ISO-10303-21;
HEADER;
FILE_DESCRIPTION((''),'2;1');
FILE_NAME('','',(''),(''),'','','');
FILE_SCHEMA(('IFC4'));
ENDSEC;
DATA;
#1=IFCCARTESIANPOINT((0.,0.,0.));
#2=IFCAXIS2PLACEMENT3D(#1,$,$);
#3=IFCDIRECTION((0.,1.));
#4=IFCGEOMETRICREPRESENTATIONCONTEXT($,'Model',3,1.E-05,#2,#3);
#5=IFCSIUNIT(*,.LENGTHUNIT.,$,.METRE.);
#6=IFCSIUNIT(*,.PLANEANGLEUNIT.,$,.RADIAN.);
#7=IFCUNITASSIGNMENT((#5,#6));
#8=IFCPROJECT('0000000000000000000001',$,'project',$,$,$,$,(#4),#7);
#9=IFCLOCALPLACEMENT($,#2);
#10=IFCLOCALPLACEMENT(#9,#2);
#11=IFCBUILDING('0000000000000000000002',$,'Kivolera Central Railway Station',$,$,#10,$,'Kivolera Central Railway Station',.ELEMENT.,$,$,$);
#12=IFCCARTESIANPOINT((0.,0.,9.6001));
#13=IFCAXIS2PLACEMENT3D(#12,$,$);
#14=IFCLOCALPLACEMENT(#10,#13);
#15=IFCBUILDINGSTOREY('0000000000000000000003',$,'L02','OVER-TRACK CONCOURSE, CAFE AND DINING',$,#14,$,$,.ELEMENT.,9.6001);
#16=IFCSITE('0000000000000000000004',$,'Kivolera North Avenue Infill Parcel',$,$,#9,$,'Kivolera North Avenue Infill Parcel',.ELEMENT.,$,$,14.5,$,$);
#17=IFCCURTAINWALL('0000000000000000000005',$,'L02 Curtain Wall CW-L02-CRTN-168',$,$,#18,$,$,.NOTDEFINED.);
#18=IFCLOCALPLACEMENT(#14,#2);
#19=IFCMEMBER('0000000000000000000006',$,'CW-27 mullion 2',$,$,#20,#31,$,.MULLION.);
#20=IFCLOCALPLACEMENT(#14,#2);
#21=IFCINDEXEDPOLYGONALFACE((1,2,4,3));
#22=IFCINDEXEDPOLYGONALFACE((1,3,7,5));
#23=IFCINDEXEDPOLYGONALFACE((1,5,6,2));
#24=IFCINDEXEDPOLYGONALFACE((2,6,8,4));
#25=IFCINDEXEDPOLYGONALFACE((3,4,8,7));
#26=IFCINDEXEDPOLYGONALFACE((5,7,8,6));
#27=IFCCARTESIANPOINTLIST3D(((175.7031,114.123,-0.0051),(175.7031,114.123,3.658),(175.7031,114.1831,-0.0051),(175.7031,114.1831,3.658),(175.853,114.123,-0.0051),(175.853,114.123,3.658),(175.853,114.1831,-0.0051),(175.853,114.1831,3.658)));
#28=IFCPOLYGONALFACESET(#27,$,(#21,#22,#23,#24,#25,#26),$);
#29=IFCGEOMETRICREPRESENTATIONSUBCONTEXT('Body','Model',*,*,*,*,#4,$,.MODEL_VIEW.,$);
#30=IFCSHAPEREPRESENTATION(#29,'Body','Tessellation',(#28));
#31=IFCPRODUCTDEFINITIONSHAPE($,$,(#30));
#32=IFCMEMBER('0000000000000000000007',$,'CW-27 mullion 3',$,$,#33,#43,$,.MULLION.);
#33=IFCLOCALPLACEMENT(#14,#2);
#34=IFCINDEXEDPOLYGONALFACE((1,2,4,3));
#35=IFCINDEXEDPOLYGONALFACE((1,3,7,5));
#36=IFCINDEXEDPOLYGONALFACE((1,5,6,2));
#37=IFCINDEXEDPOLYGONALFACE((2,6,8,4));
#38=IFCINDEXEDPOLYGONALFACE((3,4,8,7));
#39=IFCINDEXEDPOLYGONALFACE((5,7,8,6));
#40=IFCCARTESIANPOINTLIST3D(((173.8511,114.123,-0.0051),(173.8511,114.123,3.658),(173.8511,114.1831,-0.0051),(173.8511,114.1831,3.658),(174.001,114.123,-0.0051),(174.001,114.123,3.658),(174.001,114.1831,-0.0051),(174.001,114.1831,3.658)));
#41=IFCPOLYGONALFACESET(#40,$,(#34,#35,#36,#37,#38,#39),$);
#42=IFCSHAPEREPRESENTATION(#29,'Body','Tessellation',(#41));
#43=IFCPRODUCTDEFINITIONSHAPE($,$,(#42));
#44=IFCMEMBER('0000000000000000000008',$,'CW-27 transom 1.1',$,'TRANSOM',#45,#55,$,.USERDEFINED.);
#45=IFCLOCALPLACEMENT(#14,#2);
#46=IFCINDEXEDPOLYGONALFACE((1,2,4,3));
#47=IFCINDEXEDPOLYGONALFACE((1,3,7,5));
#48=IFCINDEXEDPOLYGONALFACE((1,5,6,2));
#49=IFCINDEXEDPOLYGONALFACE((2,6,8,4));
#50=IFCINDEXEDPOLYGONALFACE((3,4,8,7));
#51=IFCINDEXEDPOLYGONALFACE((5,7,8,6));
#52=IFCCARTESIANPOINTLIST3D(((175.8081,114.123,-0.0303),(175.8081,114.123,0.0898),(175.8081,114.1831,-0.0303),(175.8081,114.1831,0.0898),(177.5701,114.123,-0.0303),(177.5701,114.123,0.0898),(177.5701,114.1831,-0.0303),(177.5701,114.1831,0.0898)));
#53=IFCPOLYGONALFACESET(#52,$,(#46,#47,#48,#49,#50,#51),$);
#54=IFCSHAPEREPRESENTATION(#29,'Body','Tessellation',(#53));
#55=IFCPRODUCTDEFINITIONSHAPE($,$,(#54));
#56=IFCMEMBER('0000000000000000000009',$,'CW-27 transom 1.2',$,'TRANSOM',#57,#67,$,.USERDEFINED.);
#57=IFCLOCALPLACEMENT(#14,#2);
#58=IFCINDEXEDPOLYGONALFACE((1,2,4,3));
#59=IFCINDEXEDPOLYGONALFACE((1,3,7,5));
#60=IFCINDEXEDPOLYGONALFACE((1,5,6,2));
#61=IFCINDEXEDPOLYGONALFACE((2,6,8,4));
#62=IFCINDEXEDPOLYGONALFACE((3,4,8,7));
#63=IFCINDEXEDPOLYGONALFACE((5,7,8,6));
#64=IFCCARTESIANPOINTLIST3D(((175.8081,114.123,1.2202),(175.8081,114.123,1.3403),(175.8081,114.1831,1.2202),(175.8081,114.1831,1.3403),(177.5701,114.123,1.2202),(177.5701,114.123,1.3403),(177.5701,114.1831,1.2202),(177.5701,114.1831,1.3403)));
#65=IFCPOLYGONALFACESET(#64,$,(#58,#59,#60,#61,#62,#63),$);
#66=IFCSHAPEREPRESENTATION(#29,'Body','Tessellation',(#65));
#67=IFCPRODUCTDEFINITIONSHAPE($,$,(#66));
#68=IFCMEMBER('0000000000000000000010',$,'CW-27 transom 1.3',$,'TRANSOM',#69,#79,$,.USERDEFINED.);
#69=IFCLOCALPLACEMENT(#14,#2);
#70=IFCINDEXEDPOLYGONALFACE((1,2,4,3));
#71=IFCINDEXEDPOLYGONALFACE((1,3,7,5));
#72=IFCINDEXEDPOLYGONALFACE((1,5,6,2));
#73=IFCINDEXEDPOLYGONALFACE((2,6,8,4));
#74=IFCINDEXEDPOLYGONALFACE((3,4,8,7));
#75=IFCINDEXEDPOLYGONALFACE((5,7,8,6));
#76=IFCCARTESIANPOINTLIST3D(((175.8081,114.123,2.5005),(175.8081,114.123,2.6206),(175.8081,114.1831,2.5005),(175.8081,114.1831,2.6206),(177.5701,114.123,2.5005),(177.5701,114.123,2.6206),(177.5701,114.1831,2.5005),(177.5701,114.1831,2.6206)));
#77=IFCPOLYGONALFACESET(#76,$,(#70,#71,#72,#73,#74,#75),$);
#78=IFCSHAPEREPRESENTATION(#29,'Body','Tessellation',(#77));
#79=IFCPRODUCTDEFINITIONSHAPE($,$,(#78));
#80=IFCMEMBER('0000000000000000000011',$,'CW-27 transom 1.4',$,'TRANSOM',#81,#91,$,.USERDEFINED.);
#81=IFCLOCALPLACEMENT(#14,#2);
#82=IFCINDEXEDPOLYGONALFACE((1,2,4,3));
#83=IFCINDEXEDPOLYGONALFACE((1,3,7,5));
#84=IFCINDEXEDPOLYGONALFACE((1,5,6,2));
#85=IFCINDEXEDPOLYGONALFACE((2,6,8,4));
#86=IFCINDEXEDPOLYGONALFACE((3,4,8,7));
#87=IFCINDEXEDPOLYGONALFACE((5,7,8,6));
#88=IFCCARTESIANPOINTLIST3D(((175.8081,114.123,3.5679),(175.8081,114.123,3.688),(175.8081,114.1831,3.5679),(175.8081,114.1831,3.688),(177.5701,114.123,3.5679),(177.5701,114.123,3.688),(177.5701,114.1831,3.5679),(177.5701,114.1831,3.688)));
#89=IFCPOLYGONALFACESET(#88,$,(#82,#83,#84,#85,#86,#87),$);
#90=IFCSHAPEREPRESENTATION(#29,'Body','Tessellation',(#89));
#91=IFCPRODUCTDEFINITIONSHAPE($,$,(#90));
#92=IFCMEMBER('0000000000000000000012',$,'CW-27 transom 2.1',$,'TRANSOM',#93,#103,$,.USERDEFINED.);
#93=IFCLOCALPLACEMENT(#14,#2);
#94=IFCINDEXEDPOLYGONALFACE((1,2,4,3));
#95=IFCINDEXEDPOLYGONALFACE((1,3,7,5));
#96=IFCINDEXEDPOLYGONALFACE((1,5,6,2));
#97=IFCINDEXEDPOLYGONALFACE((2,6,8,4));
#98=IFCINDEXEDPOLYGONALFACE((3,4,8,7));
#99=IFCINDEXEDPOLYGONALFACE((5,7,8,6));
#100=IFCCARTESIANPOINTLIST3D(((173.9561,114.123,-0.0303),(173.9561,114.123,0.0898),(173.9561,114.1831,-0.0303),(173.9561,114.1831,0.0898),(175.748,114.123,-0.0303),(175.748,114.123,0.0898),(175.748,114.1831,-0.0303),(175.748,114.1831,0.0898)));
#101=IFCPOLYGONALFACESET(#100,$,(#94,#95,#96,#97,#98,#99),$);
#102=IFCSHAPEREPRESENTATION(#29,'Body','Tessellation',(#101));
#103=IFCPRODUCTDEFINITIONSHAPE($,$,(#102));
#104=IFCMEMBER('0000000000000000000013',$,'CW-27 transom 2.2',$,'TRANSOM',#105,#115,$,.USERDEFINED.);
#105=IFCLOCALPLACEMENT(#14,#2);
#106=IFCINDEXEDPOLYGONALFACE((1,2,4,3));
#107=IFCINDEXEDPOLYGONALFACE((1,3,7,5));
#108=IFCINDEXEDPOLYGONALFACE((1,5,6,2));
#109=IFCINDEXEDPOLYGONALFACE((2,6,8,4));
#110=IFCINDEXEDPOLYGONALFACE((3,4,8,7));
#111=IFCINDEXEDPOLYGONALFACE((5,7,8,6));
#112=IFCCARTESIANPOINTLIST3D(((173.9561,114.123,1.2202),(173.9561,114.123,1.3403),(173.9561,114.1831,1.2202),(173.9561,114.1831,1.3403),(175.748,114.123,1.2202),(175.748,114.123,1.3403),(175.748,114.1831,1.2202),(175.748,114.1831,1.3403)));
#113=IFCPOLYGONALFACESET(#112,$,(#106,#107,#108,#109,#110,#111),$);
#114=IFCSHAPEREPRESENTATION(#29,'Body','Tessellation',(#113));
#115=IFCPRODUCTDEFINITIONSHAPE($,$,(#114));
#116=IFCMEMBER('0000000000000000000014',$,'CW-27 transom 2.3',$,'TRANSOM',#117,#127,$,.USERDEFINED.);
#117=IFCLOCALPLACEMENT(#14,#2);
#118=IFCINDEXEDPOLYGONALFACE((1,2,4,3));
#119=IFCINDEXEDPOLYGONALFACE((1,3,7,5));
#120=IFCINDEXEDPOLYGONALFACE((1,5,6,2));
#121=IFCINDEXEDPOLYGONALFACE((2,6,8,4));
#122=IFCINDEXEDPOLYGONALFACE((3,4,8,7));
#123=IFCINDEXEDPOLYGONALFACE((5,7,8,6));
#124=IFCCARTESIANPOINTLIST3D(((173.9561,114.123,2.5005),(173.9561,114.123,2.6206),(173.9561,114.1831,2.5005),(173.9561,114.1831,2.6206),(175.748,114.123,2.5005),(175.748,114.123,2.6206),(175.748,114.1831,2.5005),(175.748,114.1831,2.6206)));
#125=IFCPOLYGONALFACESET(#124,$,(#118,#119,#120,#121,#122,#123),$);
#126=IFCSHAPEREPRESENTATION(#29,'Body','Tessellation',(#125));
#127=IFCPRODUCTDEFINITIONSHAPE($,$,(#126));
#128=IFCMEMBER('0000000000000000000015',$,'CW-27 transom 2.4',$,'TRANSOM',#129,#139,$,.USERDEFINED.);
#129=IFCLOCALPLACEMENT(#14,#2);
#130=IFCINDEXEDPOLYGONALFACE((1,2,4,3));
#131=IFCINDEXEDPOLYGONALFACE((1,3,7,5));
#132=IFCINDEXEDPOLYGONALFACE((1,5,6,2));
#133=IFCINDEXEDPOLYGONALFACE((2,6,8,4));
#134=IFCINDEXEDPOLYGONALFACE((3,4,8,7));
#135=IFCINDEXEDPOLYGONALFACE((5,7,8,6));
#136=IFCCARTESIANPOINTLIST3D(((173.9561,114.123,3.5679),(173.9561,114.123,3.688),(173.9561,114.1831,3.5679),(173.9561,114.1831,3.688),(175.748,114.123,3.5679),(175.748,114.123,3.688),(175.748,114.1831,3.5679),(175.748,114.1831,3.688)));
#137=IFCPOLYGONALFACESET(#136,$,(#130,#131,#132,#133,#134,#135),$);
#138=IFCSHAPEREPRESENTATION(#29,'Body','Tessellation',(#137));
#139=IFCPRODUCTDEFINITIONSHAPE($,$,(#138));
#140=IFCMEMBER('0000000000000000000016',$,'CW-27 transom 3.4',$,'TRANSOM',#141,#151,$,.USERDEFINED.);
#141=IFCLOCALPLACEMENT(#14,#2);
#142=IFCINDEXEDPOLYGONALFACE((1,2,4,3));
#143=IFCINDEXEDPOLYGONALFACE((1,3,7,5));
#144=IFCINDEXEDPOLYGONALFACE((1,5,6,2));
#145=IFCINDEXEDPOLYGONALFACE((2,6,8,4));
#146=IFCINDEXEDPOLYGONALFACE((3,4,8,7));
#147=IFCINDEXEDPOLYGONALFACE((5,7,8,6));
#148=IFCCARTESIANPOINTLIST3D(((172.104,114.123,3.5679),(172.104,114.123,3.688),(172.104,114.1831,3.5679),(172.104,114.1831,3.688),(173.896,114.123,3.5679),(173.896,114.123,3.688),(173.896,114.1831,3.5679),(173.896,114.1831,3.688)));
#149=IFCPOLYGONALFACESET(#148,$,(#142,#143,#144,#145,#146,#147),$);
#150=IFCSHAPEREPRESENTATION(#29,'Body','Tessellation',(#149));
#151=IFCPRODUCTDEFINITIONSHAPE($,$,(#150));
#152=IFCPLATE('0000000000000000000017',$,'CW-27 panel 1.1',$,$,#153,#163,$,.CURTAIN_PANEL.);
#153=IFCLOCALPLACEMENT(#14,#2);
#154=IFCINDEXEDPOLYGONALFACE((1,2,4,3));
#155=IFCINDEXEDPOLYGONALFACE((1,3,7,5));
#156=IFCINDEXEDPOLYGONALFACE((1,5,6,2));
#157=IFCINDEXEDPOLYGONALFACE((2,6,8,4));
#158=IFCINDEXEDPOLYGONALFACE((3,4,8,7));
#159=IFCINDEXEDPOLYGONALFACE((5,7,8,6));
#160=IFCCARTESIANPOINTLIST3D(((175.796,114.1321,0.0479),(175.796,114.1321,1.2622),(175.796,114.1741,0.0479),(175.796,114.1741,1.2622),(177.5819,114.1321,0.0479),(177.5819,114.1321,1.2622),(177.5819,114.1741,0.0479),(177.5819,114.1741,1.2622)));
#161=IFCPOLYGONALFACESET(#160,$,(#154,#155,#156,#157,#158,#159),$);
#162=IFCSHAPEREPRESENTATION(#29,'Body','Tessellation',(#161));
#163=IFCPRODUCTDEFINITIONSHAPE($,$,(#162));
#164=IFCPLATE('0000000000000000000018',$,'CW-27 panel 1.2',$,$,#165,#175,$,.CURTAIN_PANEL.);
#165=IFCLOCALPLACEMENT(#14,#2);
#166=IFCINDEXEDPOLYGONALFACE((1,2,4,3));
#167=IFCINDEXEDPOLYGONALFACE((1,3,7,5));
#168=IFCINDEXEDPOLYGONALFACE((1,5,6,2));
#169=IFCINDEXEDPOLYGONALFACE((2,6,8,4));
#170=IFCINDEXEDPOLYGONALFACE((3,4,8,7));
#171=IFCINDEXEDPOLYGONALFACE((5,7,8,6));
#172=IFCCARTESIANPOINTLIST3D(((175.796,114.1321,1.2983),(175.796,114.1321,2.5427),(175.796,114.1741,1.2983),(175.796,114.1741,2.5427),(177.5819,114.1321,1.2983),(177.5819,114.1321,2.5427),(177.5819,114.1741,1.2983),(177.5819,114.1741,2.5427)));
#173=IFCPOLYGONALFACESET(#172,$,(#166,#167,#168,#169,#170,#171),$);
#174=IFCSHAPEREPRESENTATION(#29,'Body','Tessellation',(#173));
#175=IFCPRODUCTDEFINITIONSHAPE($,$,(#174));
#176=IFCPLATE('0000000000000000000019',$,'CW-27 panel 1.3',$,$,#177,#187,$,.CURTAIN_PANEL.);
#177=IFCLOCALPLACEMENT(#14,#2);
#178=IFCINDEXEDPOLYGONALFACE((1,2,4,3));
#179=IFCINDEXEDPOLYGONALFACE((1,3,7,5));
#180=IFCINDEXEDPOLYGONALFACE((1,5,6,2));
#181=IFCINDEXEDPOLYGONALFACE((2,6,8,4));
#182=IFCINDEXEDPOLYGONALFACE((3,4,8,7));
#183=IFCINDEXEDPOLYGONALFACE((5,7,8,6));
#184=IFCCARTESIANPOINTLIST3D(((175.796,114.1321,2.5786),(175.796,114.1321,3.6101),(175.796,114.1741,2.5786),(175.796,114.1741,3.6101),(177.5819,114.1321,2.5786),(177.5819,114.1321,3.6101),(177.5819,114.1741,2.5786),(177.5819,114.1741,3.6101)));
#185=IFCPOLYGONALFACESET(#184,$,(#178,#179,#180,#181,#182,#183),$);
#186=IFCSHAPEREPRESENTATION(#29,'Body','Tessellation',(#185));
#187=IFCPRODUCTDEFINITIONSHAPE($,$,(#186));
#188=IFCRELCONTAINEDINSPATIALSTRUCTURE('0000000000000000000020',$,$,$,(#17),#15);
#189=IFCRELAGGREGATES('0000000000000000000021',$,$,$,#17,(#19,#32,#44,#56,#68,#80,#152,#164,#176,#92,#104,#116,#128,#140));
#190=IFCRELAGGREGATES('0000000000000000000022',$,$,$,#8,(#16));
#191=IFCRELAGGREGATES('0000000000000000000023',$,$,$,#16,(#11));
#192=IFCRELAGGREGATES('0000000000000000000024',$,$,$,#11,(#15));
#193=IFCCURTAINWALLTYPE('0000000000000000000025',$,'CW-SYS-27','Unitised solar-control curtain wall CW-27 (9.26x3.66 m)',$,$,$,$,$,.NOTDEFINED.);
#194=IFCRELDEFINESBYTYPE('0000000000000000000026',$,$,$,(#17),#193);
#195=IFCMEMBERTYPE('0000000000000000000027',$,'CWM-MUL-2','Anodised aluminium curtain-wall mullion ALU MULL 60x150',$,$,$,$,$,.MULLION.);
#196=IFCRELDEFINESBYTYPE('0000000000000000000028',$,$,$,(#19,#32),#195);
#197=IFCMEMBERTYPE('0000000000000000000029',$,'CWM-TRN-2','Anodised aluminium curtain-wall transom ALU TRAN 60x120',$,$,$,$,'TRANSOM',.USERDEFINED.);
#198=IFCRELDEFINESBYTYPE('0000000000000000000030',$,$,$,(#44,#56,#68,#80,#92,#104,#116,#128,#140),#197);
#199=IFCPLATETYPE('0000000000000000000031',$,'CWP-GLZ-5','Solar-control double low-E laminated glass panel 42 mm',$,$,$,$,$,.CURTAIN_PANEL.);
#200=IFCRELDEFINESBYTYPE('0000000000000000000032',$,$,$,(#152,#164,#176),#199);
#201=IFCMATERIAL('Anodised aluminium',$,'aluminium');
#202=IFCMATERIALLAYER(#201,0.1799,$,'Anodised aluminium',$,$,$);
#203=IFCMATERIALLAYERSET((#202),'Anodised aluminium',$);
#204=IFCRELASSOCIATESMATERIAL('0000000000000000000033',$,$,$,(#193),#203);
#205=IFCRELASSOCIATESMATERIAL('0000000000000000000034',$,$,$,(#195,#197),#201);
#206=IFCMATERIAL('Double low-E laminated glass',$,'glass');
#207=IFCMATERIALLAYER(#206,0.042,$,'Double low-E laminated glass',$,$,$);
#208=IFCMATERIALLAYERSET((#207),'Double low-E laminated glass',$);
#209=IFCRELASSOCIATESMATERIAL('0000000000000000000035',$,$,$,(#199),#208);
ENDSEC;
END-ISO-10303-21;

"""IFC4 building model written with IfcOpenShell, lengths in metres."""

from ifc_helpers import new_model, si_unit, direction, frame, origin, origin_2d, place, context, subcontext, project, spatial, rectangle, extrude, material, layer, layer_set, material_profile, profile_set, type_object, element, aggregate, save


model = new_model("IFC4")

# Units and contexts
model_context = context("Model", 3, precision=1e-05, world=origin(), true_north=direction((0.0, 1.0)))
body_context = subcontext(model_context, "Body", "Model", "MODEL_VIEW")
ifc_project = project(units=[si_unit("LENGTHUNIT", "METRE"), si_unit("PLANEANGLEUNIT", "RADIAN")], contexts=[model_context])

# Site, building, storey
site_placement = place(None, origin())
site = spatial("IfcSite", under=ifc_project, at=site_placement, Name="Kivolera North Avenue Infill Parcel", LongName="Kivolera North Avenue Infill Parcel", CompositionType="ELEMENT", RefElevation=14.5)
building_placement = place(site_placement, origin())
building = spatial("IfcBuilding", under=site, at=building_placement, Name="Kivolera Central Railway Station", LongName="Kivolera Central Railway Station", CompositionType="ELEMENT")
storey_placement = place(building_placement, frame((0.0, 0.0, 9.6001)))
storey = spatial("IfcBuildingStorey", under=building, at=storey_placement, Name="L02", Description="OVER-TRACK CONCOURSE, CAFE AND DINING", CompositionType="ELEMENT", Elevation=9.6001)

# Curtain wall, members, plates
ifc_material_1 = material(Name="Anodised aluminium", Category="aluminium")
ifc_layer_1 = layer(ifc_material_1, 0.1799, Name="Anodised aluminium")
ifc_layer_set_1 = layer_set([ifc_layer_1], Name="Anodised aluminium")
curtain_wall_type = type_object("IfcCurtainWallType", Name="CW-SYS-27", Description="Unitised solar-control curtain wall CW-27 (9.26x3.66 m)", PredefinedType="NOTDEFINED", material=ifc_layer_set_1)
curtain_wall_placement = place(storey_placement, origin())
curtain_wall = element("IfcCurtainWall", 1, at=curtain_wall_placement, inside=storey, type_object=curtain_wall_type, Name="L02 Curtain Wall CW-L02-CRTN-168", PredefinedType="NOTDEFINED")
ifc_material_profile_1 = material_profile(ifc_material_1, rectangle(XDim=0.0601, YDim=0.1499, at=origin_2d()), Name="ALU MULL 60x150")
ifc_profile_set_1 = profile_set([ifc_material_profile_1], Name="Anodised aluminium")
member_type_1 = type_object("IfcMemberType", Name="CWM-MUL-2", Description="Anodised aluminium curtain-wall mullion ALU MULL 60x150", PredefinedType="MULLION", material=ifc_profile_set_1)
member_1_placement = place(storey_placement, frame((175.7781, 114.1531, -0.0051), z_axis=(0.0, 0.0, 1.0), x_axis=(0.0, -1.0, 0.0)))
member_1 = element("IfcMember", 2, at=member_1_placement, type_object=member_type_1, Name="CW-27 mullion 2", PredefinedType="MULLION", context=body_context, shape_type="SweptSolid", body=[
    extrude(rectangle(XDim=0.0601, YDim=0.1499, at=origin_2d()), origin(), (0.0, 0.0, 1.0), 3.6631),
])
member_2_placement = place(storey_placement, frame((173.926, 114.1531, -0.0051), z_axis=(0.0, 0.0, 1.0), x_axis=(0.0, -1.0, 0.0)))
member_2 = element("IfcMember", 3, at=member_2_placement, type_object=member_type_1, Name="CW-27 mullion 3", PredefinedType="MULLION", context=body_context, shape_type="SweptSolid", body=[
    extrude(rectangle(XDim=0.0601, YDim=0.1499, at=origin_2d()), origin(), (0.0, 0.0, 1.0), 3.6631),
])
ifc_material_profile_2 = material_profile(ifc_material_1, rectangle(XDim=0.0601, YDim=0.1201, at=origin_2d()), Name="ALU TRAN 60x120")
ifc_profile_set_2 = profile_set([ifc_material_profile_2], Name="Anodised aluminium")
member_type_2 = type_object("IfcMemberType", Name="CWM-TRN-2", Description="Anodised aluminium curtain-wall transom ALU TRAN 60x120", ElementType="TRANSOM", PredefinedType="USERDEFINED", material=ifc_profile_set_2)
member_3_placement = place(storey_placement, frame((177.5701, 114.1531, 0.0298), z_axis=(-1.0, 0.0, 0.0), x_axis=(0.0, -1.0, 0.0)))
member_3 = element("IfcMember", 4, at=member_3_placement, type_object=member_type_2, Name="CW-27 transom 1.1", ObjectType="TRANSOM", PredefinedType="USERDEFINED", context=body_context, shape_type="SweptSolid", body=[
    extrude(rectangle(XDim=0.0601, YDim=0.1201, at=origin_2d()), origin(), (0.0, 0.0, 1.0), 1.762),
])
member_4_placement = place(storey_placement, frame((177.5701, 114.1531, 1.2803), z_axis=(-1.0, 0.0, 0.0), x_axis=(0.0, -1.0, 0.0)))
member_4 = element("IfcMember", 5, at=member_4_placement, type_object=member_type_2, Name="CW-27 transom 1.2", ObjectType="TRANSOM", PredefinedType="USERDEFINED", context=body_context, shape_type="SweptSolid", body=[
    extrude(rectangle(XDim=0.0601, YDim=0.1201, at=origin_2d()), origin(), (0.0, 0.0, 1.0), 1.762),
])
member_5_placement = place(storey_placement, frame((177.5701, 114.1531, 2.5605), z_axis=(-1.0, 0.0, 0.0), x_axis=(0.0, -1.0, 0.0)))
member_5 = element("IfcMember", 6, at=member_5_placement, type_object=member_type_2, Name="CW-27 transom 1.3", ObjectType="TRANSOM", PredefinedType="USERDEFINED", context=body_context, shape_type="SweptSolid", body=[
    extrude(rectangle(XDim=0.0601, YDim=0.1201, at=origin_2d()), origin(), (0.0, 0.0, 1.0), 1.762),
])
member_6_placement = place(storey_placement, frame((177.5701, 114.1531, 3.6279), z_axis=(-1.0, 0.0, 0.0), x_axis=(0.0, -1.0, 0.0)))
member_6 = element("IfcMember", 7, at=member_6_placement, type_object=member_type_2, Name="CW-27 transom 1.4", ObjectType="TRANSOM", PredefinedType="USERDEFINED", context=body_context, shape_type="SweptSolid", body=[
    extrude(rectangle(XDim=0.0601, YDim=0.1201, at=origin_2d()), origin(), (0.0, 0.0, 1.0), 1.762),
])
member_7_placement = place(storey_placement, frame((175.748, 114.1531, 0.0298), z_axis=(-1.0, 0.0, 0.0), x_axis=(0.0, -1.0, 0.0)))
member_7 = element("IfcMember", 8, at=member_7_placement, type_object=member_type_2, Name="CW-27 transom 2.1", ObjectType="TRANSOM", PredefinedType="USERDEFINED", context=body_context, shape_type="SweptSolid", body=[
    extrude(rectangle(XDim=0.0601, YDim=0.1201, at=origin_2d()), origin(), (0.0, 0.0, 1.0), 1.792),
])
member_8_placement = place(storey_placement, frame((175.748, 114.1531, 1.2803), z_axis=(-1.0, 0.0, 0.0), x_axis=(0.0, -1.0, 0.0)))
member_8 = element("IfcMember", 9, at=member_8_placement, type_object=member_type_2, Name="CW-27 transom 2.2", ObjectType="TRANSOM", PredefinedType="USERDEFINED", context=body_context, shape_type="SweptSolid", body=[
    extrude(rectangle(XDim=0.0601, YDim=0.1201, at=origin_2d()), origin(), (0.0, 0.0, 1.0), 1.792),
])
member_9_placement = place(storey_placement, frame((175.748, 114.1531, 2.5605), z_axis=(-1.0, 0.0, 0.0), x_axis=(0.0, -1.0, 0.0)))
member_9 = element("IfcMember", 10, at=member_9_placement, type_object=member_type_2, Name="CW-27 transom 2.3", ObjectType="TRANSOM", PredefinedType="USERDEFINED", context=body_context, shape_type="SweptSolid", body=[
    extrude(rectangle(XDim=0.0601, YDim=0.1201, at=origin_2d()), origin(), (0.0, 0.0, 1.0), 1.792),
])
member_10_placement = place(storey_placement, frame((175.748, 114.1531, 3.6279), z_axis=(-1.0, 0.0, 0.0), x_axis=(0.0, -1.0, 0.0)))
member_10 = element("IfcMember", 11, at=member_10_placement, type_object=member_type_2, Name="CW-27 transom 2.4", ObjectType="TRANSOM", PredefinedType="USERDEFINED", context=body_context, shape_type="SweptSolid", body=[
    extrude(rectangle(XDim=0.0601, YDim=0.1201, at=origin_2d()), origin(), (0.0, 0.0, 1.0), 1.792),
])
member_11_placement = place(storey_placement, frame((173.896, 114.1531, 3.6279), z_axis=(-1.0, 0.0, 0.0), x_axis=(0.0, -1.0, 0.0)))
member_11 = element("IfcMember", 12, at=member_11_placement, type_object=member_type_2, Name="CW-27 transom 3.4", ObjectType="TRANSOM", PredefinedType="USERDEFINED", context=body_context, shape_type="SweptSolid", body=[
    extrude(rectangle(XDim=0.0601, YDim=0.1201, at=origin_2d()), origin(), (0.0, 0.0, 1.0), 1.792),
])
ifc_material_2 = material(Name="Double low-E laminated glass", Category="glass")
ifc_layer_2 = layer(ifc_material_2, 0.042, Name="Double low-E laminated glass")
ifc_layer_set_2 = layer_set([ifc_layer_2], Name="Double low-E laminated glass")
plate_type = type_object("IfcPlateType", Name="CWP-GLZ-5", Description="Solar-control double low-E laminated glass panel 42 mm", PredefinedType="CURTAIN_PANEL", material=ifc_layer_set_2)
plate_1_placement = place(storey_placement, frame((176.689, 114.1531, 0.0479), z_axis=(0.0, 0.0, 1.0), x_axis=(-1.0, 0.0, 0.0)))
plate_1 = element("IfcPlate", 13, at=plate_1_placement, type_object=plate_type, Name="CW-27 panel 1.1", PredefinedType="CURTAIN_PANEL", context=body_context, shape_type="SweptSolid", body=[
    extrude(rectangle(XDim=1.7859, YDim=0.042, at=origin_2d()), origin(), (0.0, 0.0, 1.0), 1.2144),
])
plate_2_placement = place(storey_placement, frame((176.689, 114.1531, 1.2983), z_axis=(0.0, 0.0, 1.0), x_axis=(-1.0, 0.0, 0.0)))
plate_2 = element("IfcPlate", 14, at=plate_2_placement, type_object=plate_type, Name="CW-27 panel 1.2", PredefinedType="CURTAIN_PANEL", context=body_context, shape_type="SweptSolid", body=[
    extrude(rectangle(XDim=1.7859, YDim=0.042, at=origin_2d()), origin(), (0.0, 0.0, 1.0), 1.2444),
])
plate_3_placement = place(storey_placement, frame((176.689, 114.1531, 2.5786), z_axis=(0.0, 0.0, 1.0), x_axis=(-1.0, 0.0, 0.0)))
plate_3 = element("IfcPlate", 15, at=plate_3_placement, type_object=plate_type, Name="CW-27 panel 1.3", PredefinedType="CURTAIN_PANEL", context=body_context, shape_type="SweptSolid", body=[
    extrude(rectangle(XDim=1.7859, YDim=0.042, at=origin_2d()), origin(), (0.0, 0.0, 1.0), 1.0315),
])
aggregate(curtain_wall, [member_1, member_2, member_3, member_4, member_5, member_6, plate_1, plate_2, plate_3, member_7, member_8, member_9, member_10, member_11])

save(model, "model.ifc")
